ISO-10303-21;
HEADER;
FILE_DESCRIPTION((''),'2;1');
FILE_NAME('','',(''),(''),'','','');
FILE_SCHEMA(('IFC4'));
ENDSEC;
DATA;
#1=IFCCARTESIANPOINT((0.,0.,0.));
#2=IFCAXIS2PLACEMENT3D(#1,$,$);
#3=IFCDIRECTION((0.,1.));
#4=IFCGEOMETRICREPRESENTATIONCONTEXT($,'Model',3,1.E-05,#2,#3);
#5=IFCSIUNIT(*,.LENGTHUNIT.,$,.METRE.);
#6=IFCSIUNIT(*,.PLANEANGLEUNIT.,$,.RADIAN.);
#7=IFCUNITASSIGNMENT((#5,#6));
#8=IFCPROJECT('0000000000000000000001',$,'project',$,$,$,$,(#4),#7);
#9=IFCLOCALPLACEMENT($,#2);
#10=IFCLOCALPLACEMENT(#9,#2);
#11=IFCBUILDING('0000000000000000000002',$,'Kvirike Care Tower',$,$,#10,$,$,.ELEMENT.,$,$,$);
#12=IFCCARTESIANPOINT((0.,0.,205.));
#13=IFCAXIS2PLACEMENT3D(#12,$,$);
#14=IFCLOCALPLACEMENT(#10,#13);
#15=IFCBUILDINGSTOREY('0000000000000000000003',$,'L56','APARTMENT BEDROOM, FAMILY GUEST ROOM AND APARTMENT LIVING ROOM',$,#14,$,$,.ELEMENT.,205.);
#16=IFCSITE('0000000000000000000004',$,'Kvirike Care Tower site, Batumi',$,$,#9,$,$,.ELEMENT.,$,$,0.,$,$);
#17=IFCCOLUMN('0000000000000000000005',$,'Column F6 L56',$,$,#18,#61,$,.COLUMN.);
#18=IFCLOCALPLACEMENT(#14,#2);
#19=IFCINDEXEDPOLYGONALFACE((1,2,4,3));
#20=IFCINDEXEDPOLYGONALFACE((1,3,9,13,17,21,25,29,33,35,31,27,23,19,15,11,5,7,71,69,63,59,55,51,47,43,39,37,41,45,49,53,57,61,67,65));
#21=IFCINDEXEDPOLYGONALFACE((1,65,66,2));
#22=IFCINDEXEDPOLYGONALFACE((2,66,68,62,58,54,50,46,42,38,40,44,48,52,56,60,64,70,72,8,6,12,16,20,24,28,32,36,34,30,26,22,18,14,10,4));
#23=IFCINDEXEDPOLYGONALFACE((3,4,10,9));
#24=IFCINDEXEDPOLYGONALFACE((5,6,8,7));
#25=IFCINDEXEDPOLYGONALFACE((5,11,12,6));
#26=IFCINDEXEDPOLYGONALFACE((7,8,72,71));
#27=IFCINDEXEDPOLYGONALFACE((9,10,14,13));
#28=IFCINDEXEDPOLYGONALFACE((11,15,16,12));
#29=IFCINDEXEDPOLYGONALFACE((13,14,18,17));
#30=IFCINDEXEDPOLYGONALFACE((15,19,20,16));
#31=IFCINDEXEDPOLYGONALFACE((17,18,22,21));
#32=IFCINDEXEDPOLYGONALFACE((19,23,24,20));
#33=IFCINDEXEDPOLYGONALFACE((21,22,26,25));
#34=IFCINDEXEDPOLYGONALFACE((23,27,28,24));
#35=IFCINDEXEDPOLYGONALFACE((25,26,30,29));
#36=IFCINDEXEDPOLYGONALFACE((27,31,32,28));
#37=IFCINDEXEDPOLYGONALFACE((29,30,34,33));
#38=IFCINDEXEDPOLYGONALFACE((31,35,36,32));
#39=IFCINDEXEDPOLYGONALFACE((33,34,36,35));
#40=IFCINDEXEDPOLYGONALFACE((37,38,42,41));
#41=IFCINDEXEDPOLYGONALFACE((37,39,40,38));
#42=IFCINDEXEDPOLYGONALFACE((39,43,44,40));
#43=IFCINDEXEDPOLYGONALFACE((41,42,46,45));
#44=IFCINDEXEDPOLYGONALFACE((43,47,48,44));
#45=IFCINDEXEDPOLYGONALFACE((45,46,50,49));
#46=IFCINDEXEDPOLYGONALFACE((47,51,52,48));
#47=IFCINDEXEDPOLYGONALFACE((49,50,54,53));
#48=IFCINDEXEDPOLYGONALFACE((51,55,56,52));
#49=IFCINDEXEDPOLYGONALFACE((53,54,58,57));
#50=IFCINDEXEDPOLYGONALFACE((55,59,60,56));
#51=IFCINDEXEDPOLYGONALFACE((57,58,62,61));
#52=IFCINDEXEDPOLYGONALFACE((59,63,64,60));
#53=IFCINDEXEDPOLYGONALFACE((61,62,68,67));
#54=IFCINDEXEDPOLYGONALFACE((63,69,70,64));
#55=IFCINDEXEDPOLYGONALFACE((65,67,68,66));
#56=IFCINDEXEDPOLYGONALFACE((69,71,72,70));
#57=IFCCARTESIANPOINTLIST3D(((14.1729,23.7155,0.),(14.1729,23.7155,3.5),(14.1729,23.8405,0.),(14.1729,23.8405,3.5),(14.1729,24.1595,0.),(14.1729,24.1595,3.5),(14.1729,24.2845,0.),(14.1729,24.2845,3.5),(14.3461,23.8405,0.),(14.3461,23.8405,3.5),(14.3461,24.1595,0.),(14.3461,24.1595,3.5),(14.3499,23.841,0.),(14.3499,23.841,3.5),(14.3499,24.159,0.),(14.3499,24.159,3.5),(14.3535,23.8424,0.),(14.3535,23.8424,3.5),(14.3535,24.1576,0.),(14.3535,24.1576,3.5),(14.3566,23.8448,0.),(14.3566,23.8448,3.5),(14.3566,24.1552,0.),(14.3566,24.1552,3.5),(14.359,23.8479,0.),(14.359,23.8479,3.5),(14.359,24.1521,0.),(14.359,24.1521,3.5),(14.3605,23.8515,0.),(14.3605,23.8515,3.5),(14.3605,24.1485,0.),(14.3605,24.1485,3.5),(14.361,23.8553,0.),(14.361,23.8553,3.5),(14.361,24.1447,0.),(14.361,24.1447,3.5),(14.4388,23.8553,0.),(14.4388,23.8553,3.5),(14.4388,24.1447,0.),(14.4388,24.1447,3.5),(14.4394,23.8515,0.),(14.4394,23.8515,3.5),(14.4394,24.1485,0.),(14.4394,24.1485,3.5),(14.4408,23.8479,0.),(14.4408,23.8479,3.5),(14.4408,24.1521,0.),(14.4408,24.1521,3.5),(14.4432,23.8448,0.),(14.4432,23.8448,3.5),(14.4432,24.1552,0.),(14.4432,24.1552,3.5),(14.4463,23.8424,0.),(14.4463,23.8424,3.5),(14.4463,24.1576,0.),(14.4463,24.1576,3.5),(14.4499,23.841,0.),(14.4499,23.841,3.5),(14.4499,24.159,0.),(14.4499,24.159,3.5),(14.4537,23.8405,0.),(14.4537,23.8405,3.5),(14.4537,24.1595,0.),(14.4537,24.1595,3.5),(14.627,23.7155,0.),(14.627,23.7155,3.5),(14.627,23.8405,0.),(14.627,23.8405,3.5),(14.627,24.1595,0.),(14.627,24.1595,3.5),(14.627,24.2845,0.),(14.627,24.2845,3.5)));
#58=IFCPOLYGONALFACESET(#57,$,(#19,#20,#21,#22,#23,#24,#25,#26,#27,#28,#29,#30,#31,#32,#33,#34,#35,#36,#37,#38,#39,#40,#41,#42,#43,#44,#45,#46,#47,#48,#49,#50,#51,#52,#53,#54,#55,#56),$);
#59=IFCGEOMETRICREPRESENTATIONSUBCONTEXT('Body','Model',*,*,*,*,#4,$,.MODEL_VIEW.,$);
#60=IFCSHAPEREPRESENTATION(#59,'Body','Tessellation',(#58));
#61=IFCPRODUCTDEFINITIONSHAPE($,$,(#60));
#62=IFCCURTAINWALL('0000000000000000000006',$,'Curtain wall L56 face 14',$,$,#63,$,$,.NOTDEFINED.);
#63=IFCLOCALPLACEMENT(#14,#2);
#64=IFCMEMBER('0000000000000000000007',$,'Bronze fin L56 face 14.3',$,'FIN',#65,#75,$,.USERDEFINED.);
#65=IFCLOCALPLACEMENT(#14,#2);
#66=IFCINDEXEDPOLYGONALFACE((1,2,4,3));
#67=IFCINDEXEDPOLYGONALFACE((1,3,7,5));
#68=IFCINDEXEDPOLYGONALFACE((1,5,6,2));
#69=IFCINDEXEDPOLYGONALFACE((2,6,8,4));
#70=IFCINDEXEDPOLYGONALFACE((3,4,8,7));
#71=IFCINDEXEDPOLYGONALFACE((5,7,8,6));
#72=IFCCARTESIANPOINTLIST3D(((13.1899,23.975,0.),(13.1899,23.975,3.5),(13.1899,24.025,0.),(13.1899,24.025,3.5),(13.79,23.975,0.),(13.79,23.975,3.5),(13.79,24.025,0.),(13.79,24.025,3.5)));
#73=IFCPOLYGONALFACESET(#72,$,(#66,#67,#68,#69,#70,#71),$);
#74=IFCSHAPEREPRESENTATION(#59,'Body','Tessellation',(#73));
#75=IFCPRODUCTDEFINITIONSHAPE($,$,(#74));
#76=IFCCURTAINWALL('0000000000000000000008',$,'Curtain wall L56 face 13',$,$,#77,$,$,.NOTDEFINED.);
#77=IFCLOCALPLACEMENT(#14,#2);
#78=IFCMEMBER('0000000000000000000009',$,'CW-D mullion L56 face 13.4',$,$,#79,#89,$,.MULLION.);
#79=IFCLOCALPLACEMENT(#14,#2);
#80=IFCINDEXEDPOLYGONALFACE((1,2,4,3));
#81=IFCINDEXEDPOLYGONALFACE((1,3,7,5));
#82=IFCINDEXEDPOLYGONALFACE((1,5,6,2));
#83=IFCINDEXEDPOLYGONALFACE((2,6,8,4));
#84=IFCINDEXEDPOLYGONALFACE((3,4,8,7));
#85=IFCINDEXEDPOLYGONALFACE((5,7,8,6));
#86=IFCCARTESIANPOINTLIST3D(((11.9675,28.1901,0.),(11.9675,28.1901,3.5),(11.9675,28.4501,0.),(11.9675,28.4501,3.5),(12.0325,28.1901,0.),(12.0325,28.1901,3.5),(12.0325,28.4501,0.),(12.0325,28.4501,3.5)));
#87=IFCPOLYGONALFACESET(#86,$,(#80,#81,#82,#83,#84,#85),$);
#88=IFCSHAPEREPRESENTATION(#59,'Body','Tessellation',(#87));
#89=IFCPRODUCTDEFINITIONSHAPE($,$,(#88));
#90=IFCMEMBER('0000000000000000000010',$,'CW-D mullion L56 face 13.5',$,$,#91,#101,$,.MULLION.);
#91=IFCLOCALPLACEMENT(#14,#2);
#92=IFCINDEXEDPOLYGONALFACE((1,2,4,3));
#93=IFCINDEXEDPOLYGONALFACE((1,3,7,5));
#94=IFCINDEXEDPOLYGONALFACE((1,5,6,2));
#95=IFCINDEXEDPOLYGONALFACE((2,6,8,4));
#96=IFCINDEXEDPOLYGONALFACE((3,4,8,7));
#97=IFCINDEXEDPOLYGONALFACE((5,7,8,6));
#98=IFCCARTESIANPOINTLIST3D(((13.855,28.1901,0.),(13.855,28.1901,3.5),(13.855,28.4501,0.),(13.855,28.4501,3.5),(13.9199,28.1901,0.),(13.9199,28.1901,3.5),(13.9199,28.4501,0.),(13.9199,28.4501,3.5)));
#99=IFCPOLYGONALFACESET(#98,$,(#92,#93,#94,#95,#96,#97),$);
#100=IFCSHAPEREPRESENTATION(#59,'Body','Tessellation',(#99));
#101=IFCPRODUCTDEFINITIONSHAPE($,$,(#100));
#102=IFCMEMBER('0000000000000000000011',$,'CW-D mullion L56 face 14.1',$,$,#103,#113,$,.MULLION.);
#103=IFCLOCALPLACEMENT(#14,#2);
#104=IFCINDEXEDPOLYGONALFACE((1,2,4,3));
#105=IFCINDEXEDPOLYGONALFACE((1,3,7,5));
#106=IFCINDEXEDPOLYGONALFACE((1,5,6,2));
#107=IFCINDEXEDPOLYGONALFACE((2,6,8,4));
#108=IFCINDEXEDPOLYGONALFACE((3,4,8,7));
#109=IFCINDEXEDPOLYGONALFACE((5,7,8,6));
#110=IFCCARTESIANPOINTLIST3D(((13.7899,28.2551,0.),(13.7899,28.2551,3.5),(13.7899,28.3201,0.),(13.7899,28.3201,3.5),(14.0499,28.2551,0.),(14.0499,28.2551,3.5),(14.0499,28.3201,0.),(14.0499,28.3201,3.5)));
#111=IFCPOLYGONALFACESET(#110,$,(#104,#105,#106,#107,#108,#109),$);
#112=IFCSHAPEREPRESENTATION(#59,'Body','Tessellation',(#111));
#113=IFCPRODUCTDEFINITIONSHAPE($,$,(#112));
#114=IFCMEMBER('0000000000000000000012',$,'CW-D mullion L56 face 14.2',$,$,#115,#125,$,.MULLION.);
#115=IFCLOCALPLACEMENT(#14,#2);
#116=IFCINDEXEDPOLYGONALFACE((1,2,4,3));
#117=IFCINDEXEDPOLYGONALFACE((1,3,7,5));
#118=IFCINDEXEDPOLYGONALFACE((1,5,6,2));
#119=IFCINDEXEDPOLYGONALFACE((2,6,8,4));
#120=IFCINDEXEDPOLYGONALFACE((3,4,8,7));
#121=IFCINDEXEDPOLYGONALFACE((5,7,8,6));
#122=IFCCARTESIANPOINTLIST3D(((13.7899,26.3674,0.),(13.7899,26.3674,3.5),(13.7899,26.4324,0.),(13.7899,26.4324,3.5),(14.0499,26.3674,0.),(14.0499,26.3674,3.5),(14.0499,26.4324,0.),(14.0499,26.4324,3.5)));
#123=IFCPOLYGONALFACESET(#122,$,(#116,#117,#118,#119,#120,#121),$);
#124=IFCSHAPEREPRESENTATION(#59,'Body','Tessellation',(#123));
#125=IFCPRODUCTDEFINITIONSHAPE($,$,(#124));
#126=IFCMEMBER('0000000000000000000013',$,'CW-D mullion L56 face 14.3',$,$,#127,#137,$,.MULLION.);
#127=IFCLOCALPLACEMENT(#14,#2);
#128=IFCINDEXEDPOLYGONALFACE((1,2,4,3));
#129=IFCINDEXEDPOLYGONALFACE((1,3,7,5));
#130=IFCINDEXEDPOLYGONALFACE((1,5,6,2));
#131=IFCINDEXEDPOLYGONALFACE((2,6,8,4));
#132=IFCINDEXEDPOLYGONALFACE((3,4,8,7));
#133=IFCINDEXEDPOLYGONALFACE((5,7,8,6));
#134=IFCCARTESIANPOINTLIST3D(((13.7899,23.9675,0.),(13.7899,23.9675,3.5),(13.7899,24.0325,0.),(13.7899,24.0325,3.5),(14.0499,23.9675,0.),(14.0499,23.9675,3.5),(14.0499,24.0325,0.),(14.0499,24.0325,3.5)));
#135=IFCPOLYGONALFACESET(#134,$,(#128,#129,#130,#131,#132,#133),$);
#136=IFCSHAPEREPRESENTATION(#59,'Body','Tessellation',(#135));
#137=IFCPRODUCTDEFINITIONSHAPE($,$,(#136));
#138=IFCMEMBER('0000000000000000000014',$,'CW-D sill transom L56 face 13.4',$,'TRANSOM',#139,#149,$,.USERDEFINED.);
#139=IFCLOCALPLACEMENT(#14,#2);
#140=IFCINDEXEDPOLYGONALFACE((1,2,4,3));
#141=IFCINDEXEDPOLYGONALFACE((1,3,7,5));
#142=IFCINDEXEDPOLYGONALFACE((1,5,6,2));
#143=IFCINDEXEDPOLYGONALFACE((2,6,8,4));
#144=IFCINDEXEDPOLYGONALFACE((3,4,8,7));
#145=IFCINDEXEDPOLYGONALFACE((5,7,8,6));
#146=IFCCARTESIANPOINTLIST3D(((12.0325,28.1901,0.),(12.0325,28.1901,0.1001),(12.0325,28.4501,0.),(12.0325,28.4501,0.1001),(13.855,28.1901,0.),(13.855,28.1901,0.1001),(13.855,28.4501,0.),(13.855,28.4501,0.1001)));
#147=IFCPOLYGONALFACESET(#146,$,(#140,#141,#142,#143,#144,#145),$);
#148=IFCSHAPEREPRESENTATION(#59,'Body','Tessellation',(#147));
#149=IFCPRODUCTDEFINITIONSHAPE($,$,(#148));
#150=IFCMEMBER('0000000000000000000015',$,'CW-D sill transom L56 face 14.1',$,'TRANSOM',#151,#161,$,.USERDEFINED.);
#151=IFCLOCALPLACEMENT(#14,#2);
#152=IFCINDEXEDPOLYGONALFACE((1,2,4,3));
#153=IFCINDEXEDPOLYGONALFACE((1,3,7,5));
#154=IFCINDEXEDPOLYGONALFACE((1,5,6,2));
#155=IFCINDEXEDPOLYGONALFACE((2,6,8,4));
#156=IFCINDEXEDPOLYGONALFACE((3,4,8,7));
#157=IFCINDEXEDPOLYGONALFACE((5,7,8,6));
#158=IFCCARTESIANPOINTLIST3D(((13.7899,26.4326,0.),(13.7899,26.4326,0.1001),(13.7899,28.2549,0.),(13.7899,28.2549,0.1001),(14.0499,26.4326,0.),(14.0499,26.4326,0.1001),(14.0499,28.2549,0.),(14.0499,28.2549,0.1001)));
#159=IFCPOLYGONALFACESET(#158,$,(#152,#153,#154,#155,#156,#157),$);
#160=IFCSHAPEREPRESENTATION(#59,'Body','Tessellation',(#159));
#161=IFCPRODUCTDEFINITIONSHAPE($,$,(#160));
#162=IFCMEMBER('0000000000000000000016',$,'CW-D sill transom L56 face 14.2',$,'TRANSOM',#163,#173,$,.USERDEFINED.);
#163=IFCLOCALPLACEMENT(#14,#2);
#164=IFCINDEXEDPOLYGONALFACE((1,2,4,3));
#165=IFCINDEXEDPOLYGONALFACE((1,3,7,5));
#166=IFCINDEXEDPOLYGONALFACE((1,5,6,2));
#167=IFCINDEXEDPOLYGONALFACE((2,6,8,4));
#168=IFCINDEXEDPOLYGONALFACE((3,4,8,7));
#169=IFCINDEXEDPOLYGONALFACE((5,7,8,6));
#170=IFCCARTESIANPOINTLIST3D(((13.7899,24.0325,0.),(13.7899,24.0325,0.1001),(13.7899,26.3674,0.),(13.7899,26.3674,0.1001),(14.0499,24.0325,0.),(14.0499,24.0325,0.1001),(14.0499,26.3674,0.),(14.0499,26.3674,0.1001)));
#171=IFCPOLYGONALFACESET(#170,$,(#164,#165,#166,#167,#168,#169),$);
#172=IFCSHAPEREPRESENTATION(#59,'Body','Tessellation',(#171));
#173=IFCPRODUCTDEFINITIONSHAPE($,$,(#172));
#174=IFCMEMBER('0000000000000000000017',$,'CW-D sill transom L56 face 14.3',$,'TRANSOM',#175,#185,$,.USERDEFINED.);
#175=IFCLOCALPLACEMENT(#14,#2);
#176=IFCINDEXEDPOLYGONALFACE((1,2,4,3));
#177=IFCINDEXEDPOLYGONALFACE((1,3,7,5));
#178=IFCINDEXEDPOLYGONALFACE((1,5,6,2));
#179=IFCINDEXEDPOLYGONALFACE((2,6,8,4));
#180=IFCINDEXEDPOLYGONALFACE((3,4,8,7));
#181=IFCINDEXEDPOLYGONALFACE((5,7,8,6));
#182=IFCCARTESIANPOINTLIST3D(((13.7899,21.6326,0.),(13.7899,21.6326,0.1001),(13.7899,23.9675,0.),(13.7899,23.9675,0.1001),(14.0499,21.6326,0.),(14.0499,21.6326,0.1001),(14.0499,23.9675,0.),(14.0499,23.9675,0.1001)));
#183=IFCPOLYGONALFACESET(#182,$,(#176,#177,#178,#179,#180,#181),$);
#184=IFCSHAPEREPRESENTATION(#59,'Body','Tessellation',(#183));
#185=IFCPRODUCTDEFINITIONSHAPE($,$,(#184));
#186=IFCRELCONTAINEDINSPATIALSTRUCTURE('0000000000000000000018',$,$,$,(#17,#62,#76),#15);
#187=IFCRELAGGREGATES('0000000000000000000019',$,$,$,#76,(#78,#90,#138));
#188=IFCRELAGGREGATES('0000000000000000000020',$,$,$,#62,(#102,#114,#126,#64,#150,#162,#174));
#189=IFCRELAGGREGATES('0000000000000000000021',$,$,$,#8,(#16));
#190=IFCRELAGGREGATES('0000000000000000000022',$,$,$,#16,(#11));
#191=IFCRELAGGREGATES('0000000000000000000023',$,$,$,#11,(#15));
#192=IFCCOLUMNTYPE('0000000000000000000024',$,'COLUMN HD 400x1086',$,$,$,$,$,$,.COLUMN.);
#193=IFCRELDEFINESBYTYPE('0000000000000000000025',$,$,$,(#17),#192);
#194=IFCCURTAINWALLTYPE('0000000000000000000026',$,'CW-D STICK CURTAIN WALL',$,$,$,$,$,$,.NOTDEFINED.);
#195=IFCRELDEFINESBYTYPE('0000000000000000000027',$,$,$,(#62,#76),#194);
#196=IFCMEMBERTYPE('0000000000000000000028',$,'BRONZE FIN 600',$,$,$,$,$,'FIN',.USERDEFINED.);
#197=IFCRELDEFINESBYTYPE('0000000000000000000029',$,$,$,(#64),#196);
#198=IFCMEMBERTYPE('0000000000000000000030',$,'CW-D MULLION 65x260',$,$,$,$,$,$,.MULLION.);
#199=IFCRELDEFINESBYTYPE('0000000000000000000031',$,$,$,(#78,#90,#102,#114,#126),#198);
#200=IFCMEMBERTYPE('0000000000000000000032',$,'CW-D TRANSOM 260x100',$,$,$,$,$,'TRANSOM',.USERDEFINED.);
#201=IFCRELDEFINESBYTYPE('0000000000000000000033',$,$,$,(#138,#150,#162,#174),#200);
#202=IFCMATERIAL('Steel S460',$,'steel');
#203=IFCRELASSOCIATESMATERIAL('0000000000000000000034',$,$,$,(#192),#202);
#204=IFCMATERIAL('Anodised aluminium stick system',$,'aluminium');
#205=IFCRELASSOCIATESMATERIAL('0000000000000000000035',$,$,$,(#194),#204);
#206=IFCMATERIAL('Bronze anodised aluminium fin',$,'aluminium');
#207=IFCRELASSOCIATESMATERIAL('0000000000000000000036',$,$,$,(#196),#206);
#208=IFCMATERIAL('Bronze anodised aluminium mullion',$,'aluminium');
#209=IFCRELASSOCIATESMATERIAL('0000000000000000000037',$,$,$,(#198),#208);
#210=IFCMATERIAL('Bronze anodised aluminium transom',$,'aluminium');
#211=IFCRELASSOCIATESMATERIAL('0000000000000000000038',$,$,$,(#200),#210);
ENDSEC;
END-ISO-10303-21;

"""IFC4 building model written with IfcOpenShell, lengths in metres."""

from ifc_helpers import new_model, si_unit, direction, frame, origin, origin_2d, place, context, subcontext, project, spatial, rectangle, i_section, extrude, material, material_profile, profile_set, type_object, element, aggregate, save


model = new_model("IFC4")

# Units and contexts
model_context = context("Model", 3, precision=1e-05, world=origin(), true_north=direction((0.0, 1.0)))
body_context = subcontext(model_context, "Body", "Model", "MODEL_VIEW")
ifc_project = project(units=[si_unit("LENGTHUNIT", "METRE"), si_unit("PLANEANGLEUNIT", "RADIAN")], contexts=[model_context])

# Site, building, storey
site_placement = place(None, origin())
site = spatial("IfcSite", under=ifc_project, at=site_placement, Name="Kvirike Care Tower site, Batumi", CompositionType="ELEMENT", RefElevation=0.0)
building_placement = place(site_placement, origin())
building = spatial("IfcBuilding", under=site, at=building_placement, Name="Kvirike Care Tower", CompositionType="ELEMENT")
storey_placement = place(building_placement, frame((0.0, 0.0, 205.0)))
storey = spatial("IfcBuildingStorey", under=building, at=storey_placement, Name="L56", Description="APARTMENT BEDROOM, FAMILY GUEST ROOM AND APARTMENT LIVING ROOM", CompositionType="ELEMENT", Elevation=205.0)

# Column
ifc_material_1 = material(Name="Steel S460", Category="steel")
ifc_material_profile_1 = material_profile(ifc_material_1, i_section(OverallWidth=0.4541, OverallDepth=0.5691, WebThickness=0.0779, FlangeThickness=0.125, FilletRadius=0.0149, at=origin_2d()), Name="HD 400x1086")
ifc_profile_set_1 = profile_set([ifc_material_profile_1], Name="Steel S460")
column_type = type_object("IfcColumnType", Name="COLUMN HD 400x1086", PredefinedType="COLUMN", material=ifc_profile_set_1)
column_placement = place(storey_placement, frame((14.3999, 24.0, 0.0), z_axis=(0.0, 0.0, 1.0), x_axis=(1.0, 0.0, 0.0)))
element("IfcColumn", 1, at=column_placement, inside=storey, type_object=column_type, Name="Column F6 L56", PredefinedType="COLUMN", context=body_context, shape_type="SweptSolid", body=[
    extrude(i_section(OverallWidth=0.4541, OverallDepth=0.5691, WebThickness=0.0779, FlangeThickness=0.125, FilletRadius=0.0149, at=origin_2d()), origin(), (0.0, 0.0, 1.0), 3.5),
])

# Curtain wall, member
ifc_material_2 = material(Name="Anodised aluminium stick system", Category="aluminium")
curtain_wall_type = type_object("IfcCurtainWallType", Name="CW-D STICK CURTAIN WALL", PredefinedType="NOTDEFINED", material=ifc_material_2)
curtain_wall_1_placement = place(storey_placement, origin())
curtain_wall_1 = element("IfcCurtainWall", 2, at=curtain_wall_1_placement, inside=storey, type_object=curtain_wall_type, Name="Curtain wall L56 face 14", PredefinedType="NOTDEFINED")
ifc_material_3 = material(Name="Bronze anodised aluminium fin", Category="aluminium")
ifc_material_profile_2 = material_profile(ifc_material_3, rectangle(XDim=0.05, YDim=0.6001, at=origin_2d()), Name="BRONZE FIN 600")
ifc_profile_set_2 = profile_set([ifc_material_profile_2], Name="Bronze anodised aluminium fin")
member_type_1 = type_object("IfcMemberType", Name="BRONZE FIN 600", ElementType="FIN", PredefinedType="USERDEFINED", material=ifc_profile_set_2)
member_1_placement = place(storey_placement, frame((13.49, 24.0, 0.0), z_axis=(0.0, 0.0, 1.0), x_axis=(0.0, -1.0, 0.0)))
member_1 = element("IfcMember", 3, at=member_1_placement, type_object=member_type_1, Name="Bronze fin L56 face 14.3", ObjectType="FIN", PredefinedType="USERDEFINED", context=body_context, shape_type="SweptSolid", body=[
    extrude(rectangle(XDim=0.05, YDim=0.6001, at=origin_2d()), origin(), (0.0, 0.0, 1.0), 3.5),
])

# Curtain wall, members
curtain_wall_2_placement = place(storey_placement, origin())
curtain_wall_2 = element("IfcCurtainWall", 4, at=curtain_wall_2_placement, inside=storey, type_object=curtain_wall_type, Name="Curtain wall L56 face 13", PredefinedType="NOTDEFINED")
ifc_material_4 = material(Name="Bronze anodised aluminium mullion", Category="aluminium")
ifc_material_profile_3 = material_profile(ifc_material_4, rectangle(XDim=0.0649, YDim=0.26, at=origin_2d()), Name="CW-D MULLION 65x260")
ifc_profile_set_3 = profile_set([ifc_material_profile_3], Name="Bronze anodised aluminium mullion")
member_type_2 = type_object("IfcMemberType", Name="CW-D MULLION 65x260", PredefinedType="MULLION", material=ifc_profile_set_3)
member_2_placement = place(storey_placement, frame((12.0, 28.3201, 0.0), z_axis=(0.0, 0.0, 1.0), x_axis=(1.0, 0.0, 0.0)))
member_2 = element("IfcMember", 5, at=member_2_placement, type_object=member_type_2, Name="CW-D mullion L56 face 13.4", PredefinedType="MULLION", context=body_context, shape_type="SweptSolid", body=[
    extrude(rectangle(XDim=0.0649, YDim=0.26, at=origin_2d()), origin(), (0.0, 0.0, 1.0), 3.5),
])
member_3_placement = place(storey_placement, frame((13.8875, 28.3201, 0.0), z_axis=(0.0, 0.0, 1.0), x_axis=(1.0, 0.0, 0.0)))
member_3 = element("IfcMember", 6, at=member_3_placement, type_object=member_type_2, Name="CW-D mullion L56 face 13.5", PredefinedType="MULLION", context=body_context, shape_type="SweptSolid", body=[
    extrude(rectangle(XDim=0.0649, YDim=0.26, at=origin_2d()), origin(), (0.0, 0.0, 1.0), 3.5),
])

# Members
member_4_placement = place(storey_placement, frame((13.9199, 28.2876, 0.0), z_axis=(0.0, 0.0, 1.0), x_axis=(0.0, -1.0, 0.0)))
member_4 = element("IfcMember", 7, at=member_4_placement, type_object=member_type_2, Name="CW-D mullion L56 face 14.1", PredefinedType="MULLION", context=body_context, shape_type="SweptSolid", body=[
    extrude(rectangle(XDim=0.0649, YDim=0.26, at=origin_2d()), origin(), (0.0, 0.0, 1.0), 3.5),
])
member_5_placement = place(storey_placement, frame((13.9199, 26.3999, 0.0), z_axis=(0.0, 0.0, 1.0), x_axis=(0.0, -1.0, 0.0)))
member_5 = element("IfcMember", 8, at=member_5_placement, type_object=member_type_2, Name="CW-D mullion L56 face 14.2", PredefinedType="MULLION", context=body_context, shape_type="SweptSolid", body=[
    extrude(rectangle(XDim=0.0649, YDim=0.26, at=origin_2d()), origin(), (0.0, 0.0, 1.0), 3.5),
])
member_6_placement = place(storey_placement, frame((13.9199, 24.0, 0.0), z_axis=(0.0, 0.0, 1.0), x_axis=(0.0, -1.0, 0.0)))
member_6 = element("IfcMember", 9, at=member_6_placement, type_object=member_type_2, Name="CW-D mullion L56 face 14.3", PredefinedType="MULLION", context=body_context, shape_type="SweptSolid", body=[
    extrude(rectangle(XDim=0.0649, YDim=0.26, at=origin_2d()), origin(), (0.0, 0.0, 1.0), 3.5),
])
ifc_material_5 = material(Name="Bronze anodised aluminium transom", Category="aluminium")
ifc_material_profile_4 = material_profile(ifc_material_5, rectangle(XDim=0.26, YDim=0.1001, at=origin_2d()), Name="CW-D TRANSOM 260x100")
ifc_profile_set_4 = profile_set([ifc_material_profile_4], Name="Bronze anodised aluminium transom")
member_type_3 = type_object("IfcMemberType", Name="CW-D TRANSOM 260x100", ElementType="TRANSOM", PredefinedType="USERDEFINED", material=ifc_profile_set_4)
member_7_placement = place(storey_placement, frame((12.0325, 28.3201, 0.05), z_axis=(1.0, 0.0, 0.0), x_axis=(0.0, 1.0, 0.0)))
member_7 = element("IfcMember", 10, at=member_7_placement, type_object=member_type_3, Name="CW-D sill transom L56 face 13.4", ObjectType="TRANSOM", PredefinedType="USERDEFINED", context=body_context, shape_type="SweptSolid", body=[
    extrude(rectangle(XDim=0.26, YDim=0.1001, at=origin_2d()), origin(), (0.0, 0.0, 1.0), 1.8225),
])
member_8_placement = place(storey_placement, frame((13.9199, 28.2549, 0.05), z_axis=(0.0, -1.0, 0.0), x_axis=(1.0, 0.0, 0.0)))
member_8 = element("IfcMember", 11, at=member_8_placement, type_object=member_type_3, Name="CW-D sill transom L56 face 14.1", ObjectType="TRANSOM", PredefinedType="USERDEFINED", context=body_context, shape_type="SweptSolid", body=[
    extrude(rectangle(XDim=0.26, YDim=0.1001, at=origin_2d()), origin(), (0.0, 0.0, 1.0), 1.8223),
])
member_9_placement = place(storey_placement, frame((13.9199, 26.3674, 0.05), z_axis=(0.0, -1.0, 0.0), x_axis=(1.0, 0.0, 0.0)))
member_9 = element("IfcMember", 12, at=member_9_placement, type_object=member_type_3, Name="CW-D sill transom L56 face 14.2", ObjectType="TRANSOM", PredefinedType="USERDEFINED", context=body_context, shape_type="SweptSolid", body=[
    extrude(rectangle(XDim=0.26, YDim=0.1001, at=origin_2d()), origin(), (0.0, 0.0, 1.0), 2.335),
])
member_10_placement = place(storey_placement, frame((13.9199, 23.9675, 0.05), z_axis=(0.0, -1.0, 0.0), x_axis=(1.0, 0.0, 0.0)))
member_10 = element("IfcMember", 13, at=member_10_placement, type_object=member_type_3, Name="CW-D sill transom L56 face 14.3", ObjectType="TRANSOM", PredefinedType="USERDEFINED", context=body_context, shape_type="SweptSolid", body=[
    extrude(rectangle(XDim=0.26, YDim=0.1001, at=origin_2d()), origin(), (0.0, 0.0, 1.0), 2.335),
])

aggregate(curtain_wall_2, [member_2, member_3, member_7])
aggregate(curtain_wall_1, [member_4, member_5, member_6, member_1, member_8, member_9, member_10])

save(model, "model.ifc")
